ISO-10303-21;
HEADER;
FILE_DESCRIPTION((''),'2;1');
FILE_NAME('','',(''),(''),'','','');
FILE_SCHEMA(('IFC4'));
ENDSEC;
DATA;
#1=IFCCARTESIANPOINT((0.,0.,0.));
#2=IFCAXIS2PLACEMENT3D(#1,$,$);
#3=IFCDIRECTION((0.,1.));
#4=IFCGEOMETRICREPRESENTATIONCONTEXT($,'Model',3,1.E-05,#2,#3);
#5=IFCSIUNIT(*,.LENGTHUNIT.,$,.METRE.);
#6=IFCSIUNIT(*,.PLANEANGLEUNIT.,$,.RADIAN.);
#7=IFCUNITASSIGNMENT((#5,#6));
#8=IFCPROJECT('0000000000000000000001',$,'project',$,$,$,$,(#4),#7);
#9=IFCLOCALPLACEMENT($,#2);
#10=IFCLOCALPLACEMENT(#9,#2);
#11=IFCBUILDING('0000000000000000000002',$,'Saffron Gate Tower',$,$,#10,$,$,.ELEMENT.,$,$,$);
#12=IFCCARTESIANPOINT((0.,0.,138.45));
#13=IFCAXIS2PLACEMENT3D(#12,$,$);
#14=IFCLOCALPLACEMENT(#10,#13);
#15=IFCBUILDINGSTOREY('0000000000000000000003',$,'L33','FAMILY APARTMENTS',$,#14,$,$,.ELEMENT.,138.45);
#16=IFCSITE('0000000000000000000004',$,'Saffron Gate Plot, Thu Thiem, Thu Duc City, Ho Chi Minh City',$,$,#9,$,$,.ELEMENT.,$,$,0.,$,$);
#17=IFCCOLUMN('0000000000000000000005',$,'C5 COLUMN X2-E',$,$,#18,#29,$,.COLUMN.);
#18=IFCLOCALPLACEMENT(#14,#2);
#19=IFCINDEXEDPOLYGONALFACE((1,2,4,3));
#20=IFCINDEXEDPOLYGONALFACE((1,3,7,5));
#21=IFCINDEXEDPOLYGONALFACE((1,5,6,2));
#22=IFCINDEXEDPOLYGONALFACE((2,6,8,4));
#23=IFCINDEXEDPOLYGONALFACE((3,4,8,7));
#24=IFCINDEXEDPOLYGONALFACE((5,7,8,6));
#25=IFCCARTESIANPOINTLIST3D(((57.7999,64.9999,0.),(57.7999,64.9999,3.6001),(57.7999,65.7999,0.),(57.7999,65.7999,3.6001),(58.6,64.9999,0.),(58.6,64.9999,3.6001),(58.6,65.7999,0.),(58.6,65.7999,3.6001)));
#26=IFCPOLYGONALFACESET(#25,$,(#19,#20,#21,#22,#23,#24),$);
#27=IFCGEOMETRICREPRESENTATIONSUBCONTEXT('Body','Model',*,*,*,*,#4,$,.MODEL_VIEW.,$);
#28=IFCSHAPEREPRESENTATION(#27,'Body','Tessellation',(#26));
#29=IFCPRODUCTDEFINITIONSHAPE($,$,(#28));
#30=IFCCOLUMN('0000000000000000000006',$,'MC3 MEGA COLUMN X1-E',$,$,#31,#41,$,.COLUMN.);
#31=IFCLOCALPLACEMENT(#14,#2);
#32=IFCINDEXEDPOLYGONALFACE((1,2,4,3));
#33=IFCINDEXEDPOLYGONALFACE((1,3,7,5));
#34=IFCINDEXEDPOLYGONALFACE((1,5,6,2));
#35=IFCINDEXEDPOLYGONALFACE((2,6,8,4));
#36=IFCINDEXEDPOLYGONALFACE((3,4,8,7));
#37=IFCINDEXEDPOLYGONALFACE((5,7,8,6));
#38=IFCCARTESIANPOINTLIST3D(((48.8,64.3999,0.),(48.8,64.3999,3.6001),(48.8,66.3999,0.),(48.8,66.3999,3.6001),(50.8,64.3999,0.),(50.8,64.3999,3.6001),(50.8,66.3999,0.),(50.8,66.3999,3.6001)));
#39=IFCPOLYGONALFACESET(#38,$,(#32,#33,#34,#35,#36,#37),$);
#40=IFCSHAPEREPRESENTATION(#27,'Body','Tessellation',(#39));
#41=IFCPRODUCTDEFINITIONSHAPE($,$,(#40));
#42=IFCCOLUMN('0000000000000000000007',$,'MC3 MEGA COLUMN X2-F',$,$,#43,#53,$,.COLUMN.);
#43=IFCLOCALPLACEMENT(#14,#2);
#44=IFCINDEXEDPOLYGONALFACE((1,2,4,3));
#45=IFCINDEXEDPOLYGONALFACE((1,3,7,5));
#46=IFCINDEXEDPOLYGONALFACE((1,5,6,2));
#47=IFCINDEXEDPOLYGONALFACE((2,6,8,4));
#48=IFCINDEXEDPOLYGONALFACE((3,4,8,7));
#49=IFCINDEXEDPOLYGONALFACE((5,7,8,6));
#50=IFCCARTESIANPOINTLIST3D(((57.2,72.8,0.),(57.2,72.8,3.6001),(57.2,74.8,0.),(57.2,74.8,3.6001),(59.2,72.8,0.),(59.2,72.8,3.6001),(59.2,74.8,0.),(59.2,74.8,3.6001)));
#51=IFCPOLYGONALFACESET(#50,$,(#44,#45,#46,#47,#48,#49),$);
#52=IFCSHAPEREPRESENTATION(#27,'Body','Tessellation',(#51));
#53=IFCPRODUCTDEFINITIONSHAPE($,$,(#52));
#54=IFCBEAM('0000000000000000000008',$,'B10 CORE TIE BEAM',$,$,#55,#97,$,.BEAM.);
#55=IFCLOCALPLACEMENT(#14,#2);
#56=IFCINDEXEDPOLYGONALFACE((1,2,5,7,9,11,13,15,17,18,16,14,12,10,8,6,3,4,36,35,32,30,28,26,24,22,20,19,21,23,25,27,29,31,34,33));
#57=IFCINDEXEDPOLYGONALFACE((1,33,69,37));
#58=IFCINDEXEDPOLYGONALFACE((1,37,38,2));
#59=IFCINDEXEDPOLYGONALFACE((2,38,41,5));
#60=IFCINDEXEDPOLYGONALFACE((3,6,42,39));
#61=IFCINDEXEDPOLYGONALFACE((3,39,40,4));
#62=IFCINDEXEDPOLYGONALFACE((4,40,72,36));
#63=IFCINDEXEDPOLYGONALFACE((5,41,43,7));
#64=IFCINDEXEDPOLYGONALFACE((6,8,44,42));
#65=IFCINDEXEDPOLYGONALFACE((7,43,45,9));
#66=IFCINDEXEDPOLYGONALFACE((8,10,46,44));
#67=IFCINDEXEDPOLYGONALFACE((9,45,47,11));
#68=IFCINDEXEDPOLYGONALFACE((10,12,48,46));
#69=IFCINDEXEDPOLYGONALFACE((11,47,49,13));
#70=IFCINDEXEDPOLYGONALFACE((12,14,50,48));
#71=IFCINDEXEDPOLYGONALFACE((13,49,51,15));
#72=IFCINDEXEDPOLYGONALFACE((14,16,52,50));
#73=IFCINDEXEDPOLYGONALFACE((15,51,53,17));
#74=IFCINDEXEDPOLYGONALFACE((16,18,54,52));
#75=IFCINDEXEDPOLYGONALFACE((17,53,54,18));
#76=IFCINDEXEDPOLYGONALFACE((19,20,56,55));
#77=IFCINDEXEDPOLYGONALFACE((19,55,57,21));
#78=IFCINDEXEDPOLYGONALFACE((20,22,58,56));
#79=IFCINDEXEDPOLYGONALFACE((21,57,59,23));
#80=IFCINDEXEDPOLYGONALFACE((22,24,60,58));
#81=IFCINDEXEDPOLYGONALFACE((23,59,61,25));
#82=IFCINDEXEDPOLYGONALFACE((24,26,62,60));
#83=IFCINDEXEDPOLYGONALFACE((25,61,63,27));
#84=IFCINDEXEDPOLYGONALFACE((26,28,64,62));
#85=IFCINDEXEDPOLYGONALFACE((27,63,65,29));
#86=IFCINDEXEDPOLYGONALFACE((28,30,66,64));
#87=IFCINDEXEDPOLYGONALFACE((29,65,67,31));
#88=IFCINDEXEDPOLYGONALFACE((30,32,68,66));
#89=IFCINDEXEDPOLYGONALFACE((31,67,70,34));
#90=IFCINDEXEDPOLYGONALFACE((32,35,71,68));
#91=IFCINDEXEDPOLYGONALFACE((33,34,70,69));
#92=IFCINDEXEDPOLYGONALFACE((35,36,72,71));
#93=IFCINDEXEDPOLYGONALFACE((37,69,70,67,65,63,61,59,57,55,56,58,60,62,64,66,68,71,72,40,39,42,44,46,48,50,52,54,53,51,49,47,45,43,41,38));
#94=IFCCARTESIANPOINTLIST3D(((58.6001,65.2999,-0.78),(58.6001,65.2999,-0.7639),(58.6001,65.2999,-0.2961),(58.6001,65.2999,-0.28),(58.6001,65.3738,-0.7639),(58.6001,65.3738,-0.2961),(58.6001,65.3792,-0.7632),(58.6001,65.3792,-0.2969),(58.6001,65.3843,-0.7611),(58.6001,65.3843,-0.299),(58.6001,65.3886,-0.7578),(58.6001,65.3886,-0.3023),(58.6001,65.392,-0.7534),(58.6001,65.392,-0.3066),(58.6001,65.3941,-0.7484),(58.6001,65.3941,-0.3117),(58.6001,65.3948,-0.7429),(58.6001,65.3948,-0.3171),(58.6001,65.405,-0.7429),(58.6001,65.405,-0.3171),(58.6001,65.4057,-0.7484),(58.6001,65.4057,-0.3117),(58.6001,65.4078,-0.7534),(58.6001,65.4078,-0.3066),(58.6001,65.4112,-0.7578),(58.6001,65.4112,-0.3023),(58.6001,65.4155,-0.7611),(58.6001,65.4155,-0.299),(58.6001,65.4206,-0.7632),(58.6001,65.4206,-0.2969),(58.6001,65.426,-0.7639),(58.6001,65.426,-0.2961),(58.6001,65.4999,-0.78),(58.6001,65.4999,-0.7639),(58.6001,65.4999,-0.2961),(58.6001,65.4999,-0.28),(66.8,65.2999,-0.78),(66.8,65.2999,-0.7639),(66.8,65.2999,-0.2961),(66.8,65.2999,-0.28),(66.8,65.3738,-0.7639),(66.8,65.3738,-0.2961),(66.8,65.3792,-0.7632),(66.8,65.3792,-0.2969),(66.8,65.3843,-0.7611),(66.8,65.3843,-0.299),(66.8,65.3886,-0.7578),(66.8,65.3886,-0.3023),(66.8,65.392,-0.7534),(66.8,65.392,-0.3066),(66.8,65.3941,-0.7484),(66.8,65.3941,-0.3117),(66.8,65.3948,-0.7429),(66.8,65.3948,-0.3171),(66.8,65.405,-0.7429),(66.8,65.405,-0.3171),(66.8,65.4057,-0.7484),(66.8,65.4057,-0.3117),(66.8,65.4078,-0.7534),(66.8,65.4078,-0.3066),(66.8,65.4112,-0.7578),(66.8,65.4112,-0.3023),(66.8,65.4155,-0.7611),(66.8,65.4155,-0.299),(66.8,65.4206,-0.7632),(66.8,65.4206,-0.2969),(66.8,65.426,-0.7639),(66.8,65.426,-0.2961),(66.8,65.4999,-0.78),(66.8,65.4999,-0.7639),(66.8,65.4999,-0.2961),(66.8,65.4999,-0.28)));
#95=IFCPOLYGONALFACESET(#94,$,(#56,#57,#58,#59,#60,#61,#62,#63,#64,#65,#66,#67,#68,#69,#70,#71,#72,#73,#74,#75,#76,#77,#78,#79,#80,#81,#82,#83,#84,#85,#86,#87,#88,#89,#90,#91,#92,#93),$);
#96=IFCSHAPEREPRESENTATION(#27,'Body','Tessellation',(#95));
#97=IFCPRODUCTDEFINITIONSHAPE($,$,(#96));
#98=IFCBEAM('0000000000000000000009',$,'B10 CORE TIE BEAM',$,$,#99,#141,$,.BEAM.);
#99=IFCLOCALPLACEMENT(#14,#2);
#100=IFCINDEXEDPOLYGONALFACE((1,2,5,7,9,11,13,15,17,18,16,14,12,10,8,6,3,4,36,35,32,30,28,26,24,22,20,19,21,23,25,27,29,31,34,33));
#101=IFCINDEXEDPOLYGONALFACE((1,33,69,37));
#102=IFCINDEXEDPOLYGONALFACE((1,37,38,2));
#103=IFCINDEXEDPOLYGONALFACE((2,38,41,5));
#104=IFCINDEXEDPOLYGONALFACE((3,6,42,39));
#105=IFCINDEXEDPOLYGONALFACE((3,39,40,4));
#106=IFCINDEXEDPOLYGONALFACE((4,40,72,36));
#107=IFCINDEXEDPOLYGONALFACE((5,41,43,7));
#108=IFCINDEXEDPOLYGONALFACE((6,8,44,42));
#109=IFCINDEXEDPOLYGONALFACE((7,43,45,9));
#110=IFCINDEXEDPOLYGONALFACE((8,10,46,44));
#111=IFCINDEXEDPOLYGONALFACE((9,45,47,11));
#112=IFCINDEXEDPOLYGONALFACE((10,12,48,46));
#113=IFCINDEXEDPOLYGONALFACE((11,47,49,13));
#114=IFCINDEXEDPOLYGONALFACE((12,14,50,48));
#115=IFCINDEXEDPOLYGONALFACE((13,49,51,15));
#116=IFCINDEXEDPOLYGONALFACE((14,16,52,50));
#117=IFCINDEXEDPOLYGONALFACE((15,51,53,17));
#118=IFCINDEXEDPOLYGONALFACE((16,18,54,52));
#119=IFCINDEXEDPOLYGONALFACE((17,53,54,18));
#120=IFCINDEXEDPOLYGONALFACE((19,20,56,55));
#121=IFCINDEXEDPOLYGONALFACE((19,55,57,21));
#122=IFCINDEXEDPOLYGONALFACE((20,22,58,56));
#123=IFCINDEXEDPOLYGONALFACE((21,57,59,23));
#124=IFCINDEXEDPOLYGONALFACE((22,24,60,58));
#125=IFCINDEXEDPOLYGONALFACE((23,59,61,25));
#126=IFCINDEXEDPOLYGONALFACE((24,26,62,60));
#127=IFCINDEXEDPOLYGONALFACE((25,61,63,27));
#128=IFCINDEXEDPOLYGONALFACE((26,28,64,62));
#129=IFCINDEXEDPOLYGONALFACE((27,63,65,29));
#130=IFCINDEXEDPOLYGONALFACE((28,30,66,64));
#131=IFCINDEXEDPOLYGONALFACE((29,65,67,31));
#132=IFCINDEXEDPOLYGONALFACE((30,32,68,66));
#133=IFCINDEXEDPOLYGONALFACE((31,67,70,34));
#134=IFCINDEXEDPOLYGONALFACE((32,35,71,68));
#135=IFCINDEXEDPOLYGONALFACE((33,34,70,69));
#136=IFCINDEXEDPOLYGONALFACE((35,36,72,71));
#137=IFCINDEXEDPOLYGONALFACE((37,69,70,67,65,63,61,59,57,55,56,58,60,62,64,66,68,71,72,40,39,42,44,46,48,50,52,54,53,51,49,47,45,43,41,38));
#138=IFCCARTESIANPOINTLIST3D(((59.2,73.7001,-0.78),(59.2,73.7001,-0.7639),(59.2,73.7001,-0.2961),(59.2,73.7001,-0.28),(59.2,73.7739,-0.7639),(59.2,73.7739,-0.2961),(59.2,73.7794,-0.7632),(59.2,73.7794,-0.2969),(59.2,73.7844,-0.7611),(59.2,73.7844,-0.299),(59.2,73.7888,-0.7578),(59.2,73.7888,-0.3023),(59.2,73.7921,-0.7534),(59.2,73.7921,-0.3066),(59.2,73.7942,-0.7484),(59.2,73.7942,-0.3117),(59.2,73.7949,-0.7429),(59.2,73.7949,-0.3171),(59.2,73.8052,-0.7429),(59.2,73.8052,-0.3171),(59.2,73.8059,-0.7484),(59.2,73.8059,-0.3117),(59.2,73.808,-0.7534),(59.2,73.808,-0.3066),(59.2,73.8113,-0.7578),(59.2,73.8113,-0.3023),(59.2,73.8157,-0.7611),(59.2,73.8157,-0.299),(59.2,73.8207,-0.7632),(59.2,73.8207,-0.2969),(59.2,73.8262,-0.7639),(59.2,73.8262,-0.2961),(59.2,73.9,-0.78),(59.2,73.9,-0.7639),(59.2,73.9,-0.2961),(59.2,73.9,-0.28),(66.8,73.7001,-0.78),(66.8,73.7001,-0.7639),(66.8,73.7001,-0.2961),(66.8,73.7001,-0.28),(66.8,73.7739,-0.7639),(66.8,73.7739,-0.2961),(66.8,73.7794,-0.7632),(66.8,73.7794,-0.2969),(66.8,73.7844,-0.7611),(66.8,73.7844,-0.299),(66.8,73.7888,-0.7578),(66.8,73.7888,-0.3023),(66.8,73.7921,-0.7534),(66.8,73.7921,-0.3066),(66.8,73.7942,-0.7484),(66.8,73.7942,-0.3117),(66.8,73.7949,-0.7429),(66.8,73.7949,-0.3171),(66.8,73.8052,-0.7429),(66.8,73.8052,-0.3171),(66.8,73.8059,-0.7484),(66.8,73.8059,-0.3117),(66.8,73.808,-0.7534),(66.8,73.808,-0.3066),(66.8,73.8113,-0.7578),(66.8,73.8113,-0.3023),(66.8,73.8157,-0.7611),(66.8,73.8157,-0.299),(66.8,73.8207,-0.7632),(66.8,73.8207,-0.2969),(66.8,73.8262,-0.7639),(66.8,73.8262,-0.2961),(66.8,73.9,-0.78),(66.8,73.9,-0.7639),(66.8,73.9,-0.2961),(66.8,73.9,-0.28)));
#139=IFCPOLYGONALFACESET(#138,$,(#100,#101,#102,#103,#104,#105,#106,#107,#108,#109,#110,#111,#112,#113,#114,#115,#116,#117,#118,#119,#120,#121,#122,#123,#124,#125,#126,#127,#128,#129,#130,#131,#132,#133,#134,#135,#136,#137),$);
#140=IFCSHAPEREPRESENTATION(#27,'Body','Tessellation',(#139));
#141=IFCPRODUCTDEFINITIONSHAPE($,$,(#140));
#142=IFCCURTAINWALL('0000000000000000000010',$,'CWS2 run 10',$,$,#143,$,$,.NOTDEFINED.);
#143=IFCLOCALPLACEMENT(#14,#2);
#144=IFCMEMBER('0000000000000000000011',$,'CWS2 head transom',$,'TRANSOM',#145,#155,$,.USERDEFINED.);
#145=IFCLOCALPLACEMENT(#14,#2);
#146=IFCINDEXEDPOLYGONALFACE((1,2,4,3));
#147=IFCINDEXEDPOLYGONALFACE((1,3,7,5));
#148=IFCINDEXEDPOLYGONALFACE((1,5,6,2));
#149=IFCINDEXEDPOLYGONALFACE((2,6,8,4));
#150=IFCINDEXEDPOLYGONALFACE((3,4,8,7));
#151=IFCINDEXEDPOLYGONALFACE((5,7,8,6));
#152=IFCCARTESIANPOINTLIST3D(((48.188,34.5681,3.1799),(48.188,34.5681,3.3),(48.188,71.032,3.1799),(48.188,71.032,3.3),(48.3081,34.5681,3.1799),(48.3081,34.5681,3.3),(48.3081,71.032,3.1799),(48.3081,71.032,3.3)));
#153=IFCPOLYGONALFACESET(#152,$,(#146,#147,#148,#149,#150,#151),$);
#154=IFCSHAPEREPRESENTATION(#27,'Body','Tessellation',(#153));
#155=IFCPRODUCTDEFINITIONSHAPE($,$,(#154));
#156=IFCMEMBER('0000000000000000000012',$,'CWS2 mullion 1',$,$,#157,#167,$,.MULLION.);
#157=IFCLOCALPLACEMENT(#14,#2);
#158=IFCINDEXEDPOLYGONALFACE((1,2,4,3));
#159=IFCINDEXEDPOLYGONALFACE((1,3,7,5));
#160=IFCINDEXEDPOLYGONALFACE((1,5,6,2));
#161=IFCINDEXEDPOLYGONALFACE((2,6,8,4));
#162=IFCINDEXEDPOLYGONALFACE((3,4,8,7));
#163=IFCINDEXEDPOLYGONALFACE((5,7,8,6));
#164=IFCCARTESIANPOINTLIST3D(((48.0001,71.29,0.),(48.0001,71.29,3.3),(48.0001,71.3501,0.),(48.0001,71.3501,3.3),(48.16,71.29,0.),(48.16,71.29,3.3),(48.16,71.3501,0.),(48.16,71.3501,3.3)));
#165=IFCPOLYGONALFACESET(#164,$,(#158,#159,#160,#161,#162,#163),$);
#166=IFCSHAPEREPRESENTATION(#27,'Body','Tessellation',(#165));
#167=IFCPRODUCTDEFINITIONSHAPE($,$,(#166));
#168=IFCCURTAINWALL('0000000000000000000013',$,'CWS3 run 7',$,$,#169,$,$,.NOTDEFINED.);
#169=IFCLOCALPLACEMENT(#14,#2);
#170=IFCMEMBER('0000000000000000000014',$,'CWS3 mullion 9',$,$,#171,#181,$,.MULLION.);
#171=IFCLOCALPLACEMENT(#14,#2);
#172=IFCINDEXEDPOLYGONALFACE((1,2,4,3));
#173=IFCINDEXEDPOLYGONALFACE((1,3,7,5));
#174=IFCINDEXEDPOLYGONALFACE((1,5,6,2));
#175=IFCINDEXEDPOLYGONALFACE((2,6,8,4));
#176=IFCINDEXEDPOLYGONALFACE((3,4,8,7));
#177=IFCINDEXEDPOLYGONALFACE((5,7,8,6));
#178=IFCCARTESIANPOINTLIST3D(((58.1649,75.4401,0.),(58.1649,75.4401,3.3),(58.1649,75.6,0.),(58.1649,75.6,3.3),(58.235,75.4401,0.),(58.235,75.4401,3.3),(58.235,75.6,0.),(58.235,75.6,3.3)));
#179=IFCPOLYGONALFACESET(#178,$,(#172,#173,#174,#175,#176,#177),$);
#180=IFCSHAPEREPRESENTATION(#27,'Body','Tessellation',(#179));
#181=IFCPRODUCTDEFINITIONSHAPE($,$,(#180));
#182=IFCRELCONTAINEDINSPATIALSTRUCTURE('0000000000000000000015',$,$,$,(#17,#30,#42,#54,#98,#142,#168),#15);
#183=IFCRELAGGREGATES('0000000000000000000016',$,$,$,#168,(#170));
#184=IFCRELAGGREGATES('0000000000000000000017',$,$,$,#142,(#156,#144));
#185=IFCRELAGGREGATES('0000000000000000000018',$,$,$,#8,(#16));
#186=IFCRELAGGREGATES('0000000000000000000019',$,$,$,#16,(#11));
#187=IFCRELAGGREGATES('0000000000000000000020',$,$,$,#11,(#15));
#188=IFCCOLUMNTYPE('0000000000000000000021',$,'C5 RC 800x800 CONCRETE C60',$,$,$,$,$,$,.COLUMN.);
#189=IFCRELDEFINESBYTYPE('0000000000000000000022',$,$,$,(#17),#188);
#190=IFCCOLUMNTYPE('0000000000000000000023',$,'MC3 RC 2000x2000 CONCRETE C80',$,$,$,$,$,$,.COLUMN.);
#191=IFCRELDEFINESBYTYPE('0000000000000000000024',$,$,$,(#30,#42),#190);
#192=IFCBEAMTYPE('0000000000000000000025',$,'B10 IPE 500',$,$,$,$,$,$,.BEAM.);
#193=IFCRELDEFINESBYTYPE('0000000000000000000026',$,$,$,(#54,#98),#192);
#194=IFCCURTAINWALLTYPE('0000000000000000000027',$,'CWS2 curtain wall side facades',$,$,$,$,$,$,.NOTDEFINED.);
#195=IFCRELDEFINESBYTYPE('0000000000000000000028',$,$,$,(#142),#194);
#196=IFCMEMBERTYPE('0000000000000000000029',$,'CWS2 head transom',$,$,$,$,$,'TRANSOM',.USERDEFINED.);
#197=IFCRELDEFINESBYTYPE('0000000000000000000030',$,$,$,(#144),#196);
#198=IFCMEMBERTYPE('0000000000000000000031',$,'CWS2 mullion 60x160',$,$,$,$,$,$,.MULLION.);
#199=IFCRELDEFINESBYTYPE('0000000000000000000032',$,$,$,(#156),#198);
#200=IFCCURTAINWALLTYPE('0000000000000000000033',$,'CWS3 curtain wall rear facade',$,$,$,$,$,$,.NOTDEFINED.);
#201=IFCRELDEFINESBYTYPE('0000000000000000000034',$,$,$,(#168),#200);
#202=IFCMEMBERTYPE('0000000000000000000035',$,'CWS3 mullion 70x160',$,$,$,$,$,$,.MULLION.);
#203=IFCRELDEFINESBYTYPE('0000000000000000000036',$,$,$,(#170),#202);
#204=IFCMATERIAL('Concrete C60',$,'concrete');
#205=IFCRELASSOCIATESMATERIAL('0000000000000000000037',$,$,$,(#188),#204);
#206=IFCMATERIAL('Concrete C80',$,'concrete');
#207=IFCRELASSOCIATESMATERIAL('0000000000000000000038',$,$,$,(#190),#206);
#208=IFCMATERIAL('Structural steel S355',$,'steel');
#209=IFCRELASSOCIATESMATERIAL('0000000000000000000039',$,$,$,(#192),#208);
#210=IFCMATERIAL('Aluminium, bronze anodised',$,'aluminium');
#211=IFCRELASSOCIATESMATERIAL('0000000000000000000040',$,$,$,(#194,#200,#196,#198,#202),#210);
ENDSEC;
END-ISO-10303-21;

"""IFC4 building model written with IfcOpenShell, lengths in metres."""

from ifc_helpers import new_model, si_unit, direction, frame, origin, origin_2d, place, context, subcontext, project, spatial, rectangle, i_section, extrude, material, material_profile, profile_set, type_object, element, aggregate, save


model = new_model("IFC4")

# Units and contexts
model_context = context("Model", 3, precision=1e-05, world=origin(), true_north=direction((0.0, 1.0)))
body_context = subcontext(model_context, "Body", "Model", "MODEL_VIEW")
ifc_project = project(units=[si_unit("LENGTHUNIT", "METRE"), si_unit("PLANEANGLEUNIT", "RADIAN")], contexts=[model_context])

# Site, building, storey
site_placement = place(None, origin())
site = spatial("IfcSite", under=ifc_project, at=site_placement, Name="Saffron Gate Plot, Thu Thiem, Thu Duc City, Ho Chi Minh City", CompositionType="ELEMENT", RefElevation=0.0)
building_placement = place(site_placement, origin())
building = spatial("IfcBuilding", under=site, at=building_placement, Name="Saffron Gate Tower", CompositionType="ELEMENT")
storey_placement = place(building_placement, frame((0.0, 0.0, 138.45)))
storey = spatial("IfcBuildingStorey", under=building, at=storey_placement, Name="L33", Description="FAMILY APARTMENTS", CompositionType="ELEMENT", Elevation=138.45)

# Columns
ifc_material_1 = material(Name="Concrete C60", Category="concrete")
ifc_material_profile_1 = material_profile(ifc_material_1, rectangle(XDim=0.8, YDim=0.8, at=origin_2d()))
ifc_profile_set_1 = profile_set([ifc_material_profile_1], Name="Concrete C60")
column_type_1 = type_object("IfcColumnType", Name="C5 RC 800x800 CONCRETE C60", PredefinedType="COLUMN", material=ifc_profile_set_1)
column_placement = place(storey_placement, frame((58.2, 65.3999, 0.0), z_axis=(0.0, 0.0, 1.0), x_axis=(1.0, 0.0, 0.0)))
element("IfcColumn", 1, at=column_placement, inside=storey, type_object=column_type_1, Name="C5 COLUMN X2-E", PredefinedType="COLUMN", context=body_context, shape_type="SweptSolid", body=[
    extrude(rectangle(XDim=0.8, YDim=0.8, at=origin_2d()), origin(), (0.0, 0.0, 1.0), 3.6001),
])
ifc_material_2 = material(Name="Concrete C80", Category="concrete")
ifc_material_profile_2 = material_profile(ifc_material_2, rectangle(XDim=2.0, YDim=2.0, at=origin_2d()))
ifc_profile_set_2 = profile_set([ifc_material_profile_2], Name="Concrete C80")
column_type_2 = type_object("IfcColumnType", Name="MC3 RC 2000x2000 CONCRETE C80", PredefinedType="COLUMN", material=ifc_profile_set_2)
for number, where, z_axis, x_axis, name in (
    (2, (49.8, 65.3999, 0.0), (0.0, 0.0, 1.0), (1.0, 0.0, 0.0), "MC3 MEGA COLUMN X1-E"),
    (3, (58.2, 73.8, 0.0), (0.0, 0.0, 1.0), (1.0, 0.0, 0.0), "MC3 MEGA COLUMN X2-F"),
):
    element("IfcColumn", number, at=place(storey_placement, frame(where, z_axis=z_axis, x_axis=x_axis)), inside=storey, type_object=column_type_2, Name=name, PredefinedType="COLUMN", context=body_context, shape_type="SweptSolid", body=[
        extrude(rectangle(XDim=2.0, YDim=2.0, at=origin_2d()), origin(), (0.0, 0.0, 1.0), 3.6001),
    ])

# Beams
ifc_material_3 = material(Name="Structural steel S355", Category="steel")
ifc_material_profile_3 = material_profile(ifc_material_3, i_section(OverallWidth=0.2, OverallDepth=0.5, WebThickness=0.0103, FlangeThickness=0.0161, FilletRadius=0.021, at=origin_2d()))
ifc_profile_set_3 = profile_set([ifc_material_profile_3], Name="Structural steel S355")
beam_type = type_object("IfcBeamType", Name="B10 IPE 500", PredefinedType="BEAM", material=ifc_profile_set_3)
beam_1_placement = place(storey_placement, frame((58.6001, 65.3999, -0.53), z_axis=(1.0, 0.0, 0.0), x_axis=(0.0, 1.0, 0.0)))
element("IfcBeam", 4, at=beam_1_placement, inside=storey, type_object=beam_type, Name="B10 CORE TIE BEAM", PredefinedType="BEAM", context=body_context, shape_type="SweptSolid", body=[
    extrude(i_section(OverallWidth=0.2, OverallDepth=0.5, WebThickness=0.0103, FlangeThickness=0.0161, FilletRadius=0.021, at=origin_2d()), origin(), (0.0, 0.0, 1.0), 8.2),
])
beam_2_placement = place(storey_placement, frame((59.2, 73.8, -0.53), z_axis=(1.0, 0.0, 0.0), x_axis=(0.0, 1.0, 0.0)))
element("IfcBeam", 5, at=beam_2_placement, inside=storey, type_object=beam_type, Name="B10 CORE TIE BEAM", PredefinedType="BEAM", context=body_context, shape_type="SweptSolid", body=[
    extrude(i_section(OverallWidth=0.2, OverallDepth=0.5, WebThickness=0.0103, FlangeThickness=0.0161, FilletRadius=0.021, at=origin_2d()), origin(), (0.0, 0.0, 1.0), 7.6001),
])

# Curtain wall, members
ifc_material_4 = material(Name="Aluminium, bronze anodised", Category="aluminium")
curtain_wall_type_1 = type_object("IfcCurtainWallType", Name="CWS2 curtain wall side facades", PredefinedType="NOTDEFINED", material=ifc_material_4)
curtain_wall_1_placement = place(storey_placement, origin())
curtain_wall_1 = element("IfcCurtainWall", 6, at=curtain_wall_1_placement, inside=storey, type_object=curtain_wall_type_1, Name="CWS2 run 10", PredefinedType="NOTDEFINED")
ifc_material_profile_4 = material_profile(ifc_material_4, rectangle(XDim=0.1201, YDim=0.1201, at=origin_2d()))
ifc_profile_set_4 = profile_set([ifc_material_profile_4], Name="Aluminium, bronze anodised")
member_type_1 = type_object("IfcMemberType", Name="CWS2 head transom", ElementType="TRANSOM", PredefinedType="USERDEFINED", material=ifc_profile_set_4)
member_1_placement = place(storey_placement, frame((48.248, 71.032, 3.24), z_axis=(0.0, -1.0, 0.0), x_axis=(1.0, 0.0, 0.0)))
member_1 = element("IfcMember", 7, at=member_1_placement, type_object=member_type_1, Name="CWS2 head transom", ObjectType="TRANSOM", PredefinedType="USERDEFINED", context=body_context, shape_type="SweptSolid", body=[
    extrude(rectangle(XDim=0.1201, YDim=0.1201, at=origin_2d()), origin(), (0.0, 0.0, 1.0), 36.4639),
])
ifc_material_profile_5 = material_profile(ifc_material_4, rectangle(XDim=0.1599, YDim=0.0601, at=origin_2d()))
ifc_profile_set_5 = profile_set([ifc_material_profile_5], Name="Aluminium, bronze anodised")
member_type_2 = type_object("IfcMemberType", Name="CWS2 mullion 60x160", PredefinedType="MULLION", material=ifc_profile_set_5)
member_2_placement = place(storey_placement, frame((48.0801, 71.3201, 0.0), z_axis=(0.0, 0.0, 1.0), x_axis=(1.0, 0.0, 0.0)))
member_2 = element("IfcMember", 8, at=member_2_placement, type_object=member_type_2, Name="CWS2 mullion 1", PredefinedType="MULLION", context=body_context, shape_type="SweptSolid", body=[
    extrude(rectangle(XDim=0.1599, YDim=0.0601, at=origin_2d()), origin(), (0.0, 0.0, 1.0), 3.3),
])

# Curtain wall, member
curtain_wall_type_2 = type_object("IfcCurtainWallType", Name="CWS3 curtain wall rear facade", PredefinedType="NOTDEFINED", material=ifc_material_4)
curtain_wall_2_placement = place(storey_placement, origin())
curtain_wall_2 = element("IfcCurtainWall", 9, at=curtain_wall_2_placement, inside=storey, type_object=curtain_wall_type_2, Name="CWS3 run 7", PredefinedType="NOTDEFINED")
ifc_material_profile_6 = material_profile(ifc_material_4, rectangle(XDim=0.1599, YDim=0.0701, at=origin_2d()))
ifc_profile_set_6 = profile_set([ifc_material_profile_6], Name="Aluminium, bronze anodised")
member_type_3 = type_object("IfcMemberType", Name="CWS3 mullion 70x160", PredefinedType="MULLION", material=ifc_profile_set_6)
member_3_placement = place(storey_placement, frame((58.2, 75.52, 0.0), z_axis=(0.0, 0.0, 1.0), x_axis=(0.0, -1.0, 0.0)))
member_3 = element("IfcMember", 10, at=member_3_placement, type_object=member_type_3, Name="CWS3 mullion 9", PredefinedType="MULLION", context=body_context, shape_type="SweptSolid", body=[
    extrude(rectangle(XDim=0.1599, YDim=0.0701, at=origin_2d()), origin(), (0.0, 0.0, 1.0), 3.3),
])
aggregate(curtain_wall_2, [member_3])

aggregate(curtain_wall_1, [member_2, member_1])

save(model, "model.ifc")
